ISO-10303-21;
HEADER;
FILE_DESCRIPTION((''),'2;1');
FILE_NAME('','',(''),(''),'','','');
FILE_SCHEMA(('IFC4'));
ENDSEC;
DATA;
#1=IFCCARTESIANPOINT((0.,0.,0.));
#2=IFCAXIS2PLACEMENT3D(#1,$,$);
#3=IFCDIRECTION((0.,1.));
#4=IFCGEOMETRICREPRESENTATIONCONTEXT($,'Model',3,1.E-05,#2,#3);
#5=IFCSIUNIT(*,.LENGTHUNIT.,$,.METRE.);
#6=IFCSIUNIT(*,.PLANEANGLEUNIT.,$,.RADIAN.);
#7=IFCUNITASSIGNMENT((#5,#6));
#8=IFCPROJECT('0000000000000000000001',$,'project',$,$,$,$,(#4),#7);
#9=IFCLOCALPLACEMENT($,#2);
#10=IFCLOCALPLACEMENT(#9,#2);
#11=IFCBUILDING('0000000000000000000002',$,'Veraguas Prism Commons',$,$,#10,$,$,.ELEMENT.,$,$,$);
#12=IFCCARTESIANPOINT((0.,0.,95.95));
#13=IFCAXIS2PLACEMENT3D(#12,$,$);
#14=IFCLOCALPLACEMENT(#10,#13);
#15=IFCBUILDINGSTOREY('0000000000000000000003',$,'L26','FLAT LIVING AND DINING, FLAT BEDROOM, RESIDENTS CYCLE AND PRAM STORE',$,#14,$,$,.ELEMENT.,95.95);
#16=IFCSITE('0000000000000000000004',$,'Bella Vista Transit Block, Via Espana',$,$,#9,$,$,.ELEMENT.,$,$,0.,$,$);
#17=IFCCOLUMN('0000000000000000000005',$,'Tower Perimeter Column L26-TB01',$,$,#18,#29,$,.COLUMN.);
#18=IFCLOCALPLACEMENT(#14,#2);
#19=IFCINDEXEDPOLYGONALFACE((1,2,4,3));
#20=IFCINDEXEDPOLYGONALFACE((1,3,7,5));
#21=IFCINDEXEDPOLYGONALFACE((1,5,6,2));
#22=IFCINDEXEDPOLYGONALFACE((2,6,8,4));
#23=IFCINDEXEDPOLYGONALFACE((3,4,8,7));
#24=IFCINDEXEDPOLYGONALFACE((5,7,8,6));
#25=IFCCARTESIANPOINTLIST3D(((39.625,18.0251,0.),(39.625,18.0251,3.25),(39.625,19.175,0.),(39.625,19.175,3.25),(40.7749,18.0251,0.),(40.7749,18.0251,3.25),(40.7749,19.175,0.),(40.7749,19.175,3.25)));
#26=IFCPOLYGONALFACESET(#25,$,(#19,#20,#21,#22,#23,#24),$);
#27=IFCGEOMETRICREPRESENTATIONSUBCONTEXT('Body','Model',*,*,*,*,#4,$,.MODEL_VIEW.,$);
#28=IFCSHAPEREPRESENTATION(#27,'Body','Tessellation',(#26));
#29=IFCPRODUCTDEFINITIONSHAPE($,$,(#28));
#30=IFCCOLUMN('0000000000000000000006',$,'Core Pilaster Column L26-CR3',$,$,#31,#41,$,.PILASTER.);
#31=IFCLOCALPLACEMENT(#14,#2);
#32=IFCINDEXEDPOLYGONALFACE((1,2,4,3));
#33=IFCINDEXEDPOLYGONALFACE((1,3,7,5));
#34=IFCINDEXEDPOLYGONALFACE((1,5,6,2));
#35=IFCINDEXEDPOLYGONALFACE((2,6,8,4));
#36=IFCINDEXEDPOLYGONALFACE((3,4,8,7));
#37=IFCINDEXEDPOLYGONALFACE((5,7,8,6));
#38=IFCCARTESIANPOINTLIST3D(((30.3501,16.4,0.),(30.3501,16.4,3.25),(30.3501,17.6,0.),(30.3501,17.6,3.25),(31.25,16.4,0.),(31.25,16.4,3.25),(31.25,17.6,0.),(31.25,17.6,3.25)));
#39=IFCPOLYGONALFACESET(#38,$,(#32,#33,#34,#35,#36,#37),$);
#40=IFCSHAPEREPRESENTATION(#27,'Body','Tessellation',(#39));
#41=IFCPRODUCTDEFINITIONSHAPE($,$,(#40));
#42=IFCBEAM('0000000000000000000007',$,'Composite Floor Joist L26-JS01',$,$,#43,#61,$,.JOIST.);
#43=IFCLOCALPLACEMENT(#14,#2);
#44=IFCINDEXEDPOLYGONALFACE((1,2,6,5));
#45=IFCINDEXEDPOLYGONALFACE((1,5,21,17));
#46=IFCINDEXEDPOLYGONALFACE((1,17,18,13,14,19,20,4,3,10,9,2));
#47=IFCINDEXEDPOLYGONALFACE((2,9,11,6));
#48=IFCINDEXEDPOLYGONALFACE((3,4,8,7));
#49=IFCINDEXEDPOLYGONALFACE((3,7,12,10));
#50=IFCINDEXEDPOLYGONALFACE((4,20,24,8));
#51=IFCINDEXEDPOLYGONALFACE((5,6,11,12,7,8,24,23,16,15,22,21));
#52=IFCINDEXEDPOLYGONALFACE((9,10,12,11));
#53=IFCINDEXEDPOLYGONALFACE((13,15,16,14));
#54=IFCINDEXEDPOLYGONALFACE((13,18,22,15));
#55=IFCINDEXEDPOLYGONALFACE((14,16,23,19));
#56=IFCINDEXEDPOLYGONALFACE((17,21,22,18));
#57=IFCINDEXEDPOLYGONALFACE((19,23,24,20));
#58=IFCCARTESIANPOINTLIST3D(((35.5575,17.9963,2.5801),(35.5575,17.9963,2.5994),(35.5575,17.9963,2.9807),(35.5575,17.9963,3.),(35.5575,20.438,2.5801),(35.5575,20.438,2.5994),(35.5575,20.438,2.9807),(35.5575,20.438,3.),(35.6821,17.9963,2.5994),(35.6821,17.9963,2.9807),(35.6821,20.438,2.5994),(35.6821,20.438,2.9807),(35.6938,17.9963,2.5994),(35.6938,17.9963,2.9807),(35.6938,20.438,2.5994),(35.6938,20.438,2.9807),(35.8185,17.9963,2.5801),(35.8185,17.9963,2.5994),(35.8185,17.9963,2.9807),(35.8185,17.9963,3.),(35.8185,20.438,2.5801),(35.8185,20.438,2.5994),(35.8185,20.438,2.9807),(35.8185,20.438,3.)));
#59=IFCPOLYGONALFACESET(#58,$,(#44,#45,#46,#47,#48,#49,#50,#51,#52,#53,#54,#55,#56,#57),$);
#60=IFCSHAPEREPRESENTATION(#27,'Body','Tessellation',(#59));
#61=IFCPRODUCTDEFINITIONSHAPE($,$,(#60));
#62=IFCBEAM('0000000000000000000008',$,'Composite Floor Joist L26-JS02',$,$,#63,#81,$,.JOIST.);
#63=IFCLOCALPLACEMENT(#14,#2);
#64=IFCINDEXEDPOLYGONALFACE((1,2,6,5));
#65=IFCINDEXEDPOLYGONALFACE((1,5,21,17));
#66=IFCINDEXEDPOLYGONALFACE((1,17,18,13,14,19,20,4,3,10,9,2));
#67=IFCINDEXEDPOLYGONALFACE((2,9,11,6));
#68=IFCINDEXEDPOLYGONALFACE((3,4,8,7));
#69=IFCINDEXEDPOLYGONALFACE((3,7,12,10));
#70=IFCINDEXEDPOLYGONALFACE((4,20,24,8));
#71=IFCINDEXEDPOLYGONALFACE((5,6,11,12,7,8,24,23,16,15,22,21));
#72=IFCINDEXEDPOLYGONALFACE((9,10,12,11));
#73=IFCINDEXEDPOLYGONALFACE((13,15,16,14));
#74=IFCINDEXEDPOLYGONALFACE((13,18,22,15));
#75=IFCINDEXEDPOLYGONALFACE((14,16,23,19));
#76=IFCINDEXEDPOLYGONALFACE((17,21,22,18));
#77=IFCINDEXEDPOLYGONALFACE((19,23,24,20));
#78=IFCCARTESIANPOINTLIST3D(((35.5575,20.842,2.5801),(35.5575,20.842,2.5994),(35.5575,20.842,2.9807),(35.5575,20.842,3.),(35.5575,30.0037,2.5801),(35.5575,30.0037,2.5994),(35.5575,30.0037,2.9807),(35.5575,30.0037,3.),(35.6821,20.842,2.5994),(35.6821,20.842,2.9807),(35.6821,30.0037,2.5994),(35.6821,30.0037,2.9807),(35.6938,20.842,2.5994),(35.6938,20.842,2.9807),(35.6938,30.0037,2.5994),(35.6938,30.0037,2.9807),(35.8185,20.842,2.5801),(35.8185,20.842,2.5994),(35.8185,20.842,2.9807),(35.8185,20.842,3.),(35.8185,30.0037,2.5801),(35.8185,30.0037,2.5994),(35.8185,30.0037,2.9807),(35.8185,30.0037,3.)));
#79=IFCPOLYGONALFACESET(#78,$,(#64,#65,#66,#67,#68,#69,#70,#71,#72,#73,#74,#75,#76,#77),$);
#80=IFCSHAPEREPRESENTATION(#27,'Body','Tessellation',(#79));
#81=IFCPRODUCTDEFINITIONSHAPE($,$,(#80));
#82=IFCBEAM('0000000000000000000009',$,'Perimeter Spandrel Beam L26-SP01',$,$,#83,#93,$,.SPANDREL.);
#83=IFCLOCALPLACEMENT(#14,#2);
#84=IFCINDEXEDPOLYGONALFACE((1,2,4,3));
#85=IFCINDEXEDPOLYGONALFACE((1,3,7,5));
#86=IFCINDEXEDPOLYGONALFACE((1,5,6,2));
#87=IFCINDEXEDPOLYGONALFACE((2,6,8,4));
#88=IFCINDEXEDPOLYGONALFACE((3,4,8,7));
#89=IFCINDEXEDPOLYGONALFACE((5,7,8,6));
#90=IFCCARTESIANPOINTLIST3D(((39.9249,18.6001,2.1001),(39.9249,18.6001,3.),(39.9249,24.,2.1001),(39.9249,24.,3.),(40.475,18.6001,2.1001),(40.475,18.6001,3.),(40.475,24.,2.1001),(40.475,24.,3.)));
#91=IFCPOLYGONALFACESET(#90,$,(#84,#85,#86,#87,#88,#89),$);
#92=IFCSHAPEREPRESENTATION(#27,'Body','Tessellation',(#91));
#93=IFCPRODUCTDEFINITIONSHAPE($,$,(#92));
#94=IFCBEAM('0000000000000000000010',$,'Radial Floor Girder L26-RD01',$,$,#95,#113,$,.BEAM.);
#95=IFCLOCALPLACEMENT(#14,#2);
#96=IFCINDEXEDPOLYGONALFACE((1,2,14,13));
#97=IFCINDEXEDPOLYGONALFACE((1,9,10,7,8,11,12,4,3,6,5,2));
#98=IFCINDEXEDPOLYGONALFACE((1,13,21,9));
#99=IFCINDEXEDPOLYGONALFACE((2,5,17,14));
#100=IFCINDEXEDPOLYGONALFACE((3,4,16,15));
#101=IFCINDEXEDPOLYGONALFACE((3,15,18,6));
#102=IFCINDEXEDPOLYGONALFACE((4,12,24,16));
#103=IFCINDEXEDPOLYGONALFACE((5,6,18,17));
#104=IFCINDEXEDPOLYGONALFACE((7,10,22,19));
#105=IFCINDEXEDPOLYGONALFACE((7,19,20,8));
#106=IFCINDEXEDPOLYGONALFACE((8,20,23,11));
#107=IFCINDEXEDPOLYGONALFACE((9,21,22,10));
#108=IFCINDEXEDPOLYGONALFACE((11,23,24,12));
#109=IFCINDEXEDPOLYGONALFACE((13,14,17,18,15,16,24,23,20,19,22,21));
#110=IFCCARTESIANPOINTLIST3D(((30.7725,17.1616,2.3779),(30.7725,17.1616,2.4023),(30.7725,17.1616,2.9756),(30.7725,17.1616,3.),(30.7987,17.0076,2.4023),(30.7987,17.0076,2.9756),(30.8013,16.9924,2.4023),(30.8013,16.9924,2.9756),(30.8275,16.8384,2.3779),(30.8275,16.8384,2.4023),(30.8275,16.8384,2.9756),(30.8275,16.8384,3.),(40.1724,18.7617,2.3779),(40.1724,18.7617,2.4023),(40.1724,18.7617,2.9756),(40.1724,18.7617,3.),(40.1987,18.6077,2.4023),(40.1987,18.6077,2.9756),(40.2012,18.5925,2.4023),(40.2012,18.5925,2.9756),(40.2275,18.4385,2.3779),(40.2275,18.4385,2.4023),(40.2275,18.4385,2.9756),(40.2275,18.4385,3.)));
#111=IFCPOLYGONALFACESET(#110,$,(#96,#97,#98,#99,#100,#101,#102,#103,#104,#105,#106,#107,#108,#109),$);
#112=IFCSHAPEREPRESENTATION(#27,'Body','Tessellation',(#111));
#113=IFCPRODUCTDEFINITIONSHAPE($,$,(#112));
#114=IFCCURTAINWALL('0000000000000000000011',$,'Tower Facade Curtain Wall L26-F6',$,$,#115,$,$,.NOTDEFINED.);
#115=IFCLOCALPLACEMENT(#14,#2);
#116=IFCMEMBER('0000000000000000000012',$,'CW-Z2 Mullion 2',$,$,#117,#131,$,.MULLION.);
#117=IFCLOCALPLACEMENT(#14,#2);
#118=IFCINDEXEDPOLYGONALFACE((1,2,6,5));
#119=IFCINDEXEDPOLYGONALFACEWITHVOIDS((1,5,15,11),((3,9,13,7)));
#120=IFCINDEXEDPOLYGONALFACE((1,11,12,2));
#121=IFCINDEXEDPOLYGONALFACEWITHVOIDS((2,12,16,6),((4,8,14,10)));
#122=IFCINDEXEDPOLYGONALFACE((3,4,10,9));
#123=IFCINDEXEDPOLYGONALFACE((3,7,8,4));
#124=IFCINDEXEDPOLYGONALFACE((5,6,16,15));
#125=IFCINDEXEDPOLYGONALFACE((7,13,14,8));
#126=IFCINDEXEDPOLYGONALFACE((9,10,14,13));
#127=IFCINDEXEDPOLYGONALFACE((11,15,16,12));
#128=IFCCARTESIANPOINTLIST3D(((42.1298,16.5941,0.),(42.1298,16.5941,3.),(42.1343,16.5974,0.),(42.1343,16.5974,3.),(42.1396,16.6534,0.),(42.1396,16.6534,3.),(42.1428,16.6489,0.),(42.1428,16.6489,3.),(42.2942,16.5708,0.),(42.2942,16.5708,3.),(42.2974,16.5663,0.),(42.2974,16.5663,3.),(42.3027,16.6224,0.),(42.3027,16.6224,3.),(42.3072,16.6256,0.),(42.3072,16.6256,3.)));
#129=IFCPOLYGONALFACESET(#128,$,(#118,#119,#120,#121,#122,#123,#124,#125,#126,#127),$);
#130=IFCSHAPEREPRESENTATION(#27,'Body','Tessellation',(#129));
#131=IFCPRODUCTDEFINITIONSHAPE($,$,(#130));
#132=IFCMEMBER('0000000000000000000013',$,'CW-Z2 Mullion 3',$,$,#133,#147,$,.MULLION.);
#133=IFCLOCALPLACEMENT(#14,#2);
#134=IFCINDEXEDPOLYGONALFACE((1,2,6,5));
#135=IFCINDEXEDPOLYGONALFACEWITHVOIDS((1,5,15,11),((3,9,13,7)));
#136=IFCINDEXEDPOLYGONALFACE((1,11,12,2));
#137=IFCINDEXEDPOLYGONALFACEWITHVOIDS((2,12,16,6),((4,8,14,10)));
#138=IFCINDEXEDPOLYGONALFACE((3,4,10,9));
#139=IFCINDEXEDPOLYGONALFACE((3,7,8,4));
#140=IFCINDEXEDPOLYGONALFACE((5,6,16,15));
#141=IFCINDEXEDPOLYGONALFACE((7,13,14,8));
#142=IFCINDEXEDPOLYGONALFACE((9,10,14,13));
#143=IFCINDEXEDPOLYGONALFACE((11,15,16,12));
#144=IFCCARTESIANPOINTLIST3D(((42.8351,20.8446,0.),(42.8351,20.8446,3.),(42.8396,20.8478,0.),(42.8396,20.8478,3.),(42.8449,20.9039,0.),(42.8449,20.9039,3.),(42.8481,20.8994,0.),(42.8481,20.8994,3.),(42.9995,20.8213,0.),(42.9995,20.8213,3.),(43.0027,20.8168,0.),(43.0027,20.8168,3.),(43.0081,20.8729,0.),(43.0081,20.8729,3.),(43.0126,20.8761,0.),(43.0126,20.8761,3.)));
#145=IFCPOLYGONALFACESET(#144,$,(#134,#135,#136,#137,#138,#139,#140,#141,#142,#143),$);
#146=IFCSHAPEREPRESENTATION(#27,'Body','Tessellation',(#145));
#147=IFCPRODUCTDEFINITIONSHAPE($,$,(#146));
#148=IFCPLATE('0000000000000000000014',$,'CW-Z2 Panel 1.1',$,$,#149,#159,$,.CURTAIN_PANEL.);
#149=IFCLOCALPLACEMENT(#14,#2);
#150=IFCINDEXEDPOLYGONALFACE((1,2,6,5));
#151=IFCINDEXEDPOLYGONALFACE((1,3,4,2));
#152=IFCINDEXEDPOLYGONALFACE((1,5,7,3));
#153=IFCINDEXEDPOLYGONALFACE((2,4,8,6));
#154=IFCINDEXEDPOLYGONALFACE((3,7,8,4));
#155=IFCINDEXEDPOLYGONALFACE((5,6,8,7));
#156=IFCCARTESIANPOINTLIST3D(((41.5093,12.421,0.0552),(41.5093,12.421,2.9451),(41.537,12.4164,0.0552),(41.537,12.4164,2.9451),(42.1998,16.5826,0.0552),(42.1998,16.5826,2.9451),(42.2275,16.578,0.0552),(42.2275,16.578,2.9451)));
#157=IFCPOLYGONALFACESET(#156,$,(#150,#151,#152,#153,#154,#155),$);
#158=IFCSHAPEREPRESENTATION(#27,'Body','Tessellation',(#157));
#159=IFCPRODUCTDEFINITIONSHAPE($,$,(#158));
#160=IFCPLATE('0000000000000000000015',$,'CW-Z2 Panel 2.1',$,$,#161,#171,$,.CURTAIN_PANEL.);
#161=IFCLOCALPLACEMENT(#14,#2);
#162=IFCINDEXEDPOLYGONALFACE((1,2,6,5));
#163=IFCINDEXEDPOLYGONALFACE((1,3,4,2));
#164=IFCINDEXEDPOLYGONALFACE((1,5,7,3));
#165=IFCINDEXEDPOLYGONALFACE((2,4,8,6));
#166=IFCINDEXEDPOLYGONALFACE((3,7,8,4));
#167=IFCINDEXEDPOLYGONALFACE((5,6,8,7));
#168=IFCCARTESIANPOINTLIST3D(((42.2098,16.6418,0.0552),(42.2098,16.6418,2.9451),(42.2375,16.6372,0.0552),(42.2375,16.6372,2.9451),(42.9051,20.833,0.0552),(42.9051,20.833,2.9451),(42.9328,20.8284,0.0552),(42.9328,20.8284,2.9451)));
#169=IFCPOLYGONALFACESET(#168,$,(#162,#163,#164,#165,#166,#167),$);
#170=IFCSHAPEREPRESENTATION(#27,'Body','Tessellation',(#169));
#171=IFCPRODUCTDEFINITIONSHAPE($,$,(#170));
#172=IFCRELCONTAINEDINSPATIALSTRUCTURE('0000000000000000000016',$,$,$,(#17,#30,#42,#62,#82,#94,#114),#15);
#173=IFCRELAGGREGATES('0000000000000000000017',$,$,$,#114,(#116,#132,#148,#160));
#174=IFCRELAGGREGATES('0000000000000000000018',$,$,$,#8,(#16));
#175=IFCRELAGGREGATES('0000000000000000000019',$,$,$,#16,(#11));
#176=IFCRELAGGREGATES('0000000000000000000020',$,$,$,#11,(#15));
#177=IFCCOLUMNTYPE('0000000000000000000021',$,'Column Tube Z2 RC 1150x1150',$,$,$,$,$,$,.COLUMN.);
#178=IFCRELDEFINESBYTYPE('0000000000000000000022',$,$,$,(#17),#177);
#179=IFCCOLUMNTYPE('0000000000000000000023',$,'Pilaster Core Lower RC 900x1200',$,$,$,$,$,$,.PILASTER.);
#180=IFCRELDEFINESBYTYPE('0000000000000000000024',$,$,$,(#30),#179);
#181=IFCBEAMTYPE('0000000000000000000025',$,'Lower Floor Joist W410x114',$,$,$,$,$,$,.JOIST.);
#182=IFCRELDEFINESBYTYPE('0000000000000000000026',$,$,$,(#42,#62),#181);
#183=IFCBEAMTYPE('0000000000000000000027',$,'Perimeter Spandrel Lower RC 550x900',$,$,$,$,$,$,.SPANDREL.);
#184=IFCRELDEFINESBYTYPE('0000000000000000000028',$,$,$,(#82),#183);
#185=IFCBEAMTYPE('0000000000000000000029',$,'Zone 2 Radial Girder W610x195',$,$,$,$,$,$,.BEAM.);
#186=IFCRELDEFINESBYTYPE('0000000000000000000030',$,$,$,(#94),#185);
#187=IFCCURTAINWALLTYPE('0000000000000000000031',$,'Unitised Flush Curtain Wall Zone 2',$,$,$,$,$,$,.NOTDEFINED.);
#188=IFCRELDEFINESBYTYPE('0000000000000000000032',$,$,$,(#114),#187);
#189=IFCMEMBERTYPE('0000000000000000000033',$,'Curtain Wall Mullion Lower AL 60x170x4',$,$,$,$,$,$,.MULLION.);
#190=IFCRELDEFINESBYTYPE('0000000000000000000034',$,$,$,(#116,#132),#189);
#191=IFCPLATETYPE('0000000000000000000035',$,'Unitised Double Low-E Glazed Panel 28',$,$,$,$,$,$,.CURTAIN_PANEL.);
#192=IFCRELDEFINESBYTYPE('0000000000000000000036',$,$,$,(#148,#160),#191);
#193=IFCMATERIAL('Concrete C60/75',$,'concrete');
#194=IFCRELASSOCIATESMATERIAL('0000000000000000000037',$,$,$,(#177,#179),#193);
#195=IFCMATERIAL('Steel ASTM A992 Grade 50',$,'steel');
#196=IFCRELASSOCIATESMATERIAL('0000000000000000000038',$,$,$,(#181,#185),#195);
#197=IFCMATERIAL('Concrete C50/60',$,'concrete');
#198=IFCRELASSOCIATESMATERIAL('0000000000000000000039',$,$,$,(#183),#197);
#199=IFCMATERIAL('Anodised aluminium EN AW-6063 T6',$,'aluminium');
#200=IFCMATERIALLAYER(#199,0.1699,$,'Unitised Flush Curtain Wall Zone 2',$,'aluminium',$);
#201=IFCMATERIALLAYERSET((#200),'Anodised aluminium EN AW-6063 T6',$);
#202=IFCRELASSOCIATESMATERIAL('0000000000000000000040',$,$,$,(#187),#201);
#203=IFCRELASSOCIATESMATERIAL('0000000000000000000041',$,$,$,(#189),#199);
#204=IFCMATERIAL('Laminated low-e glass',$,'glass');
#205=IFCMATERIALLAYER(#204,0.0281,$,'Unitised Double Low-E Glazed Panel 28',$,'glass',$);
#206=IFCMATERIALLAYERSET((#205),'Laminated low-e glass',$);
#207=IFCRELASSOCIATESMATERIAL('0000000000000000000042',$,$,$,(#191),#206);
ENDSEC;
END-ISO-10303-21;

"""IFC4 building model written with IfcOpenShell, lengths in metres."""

from ifc_helpers import new_model, si_unit, direction, frame, origin, origin_2d, place, context, subcontext, project, spatial, rectangle, hollow_rectangle, i_section, extrude, source, transform, mapped, material, layer, layer_set, material_profile, profile_set, type_object, element, aggregate, save


model = new_model("IFC4")

# Units and contexts
model_context = context("Model", 3, precision=1e-05, world=origin(), true_north=direction((0.0, 1.0)))
body_context = subcontext(model_context, "Body", "Model", "MODEL_VIEW")
ifc_project = project(units=[si_unit("LENGTHUNIT", "METRE"), si_unit("PLANEANGLEUNIT", "RADIAN")], contexts=[model_context])

# Site, building, storey
site_placement = place(None, origin())
site = spatial("IfcSite", under=ifc_project, at=site_placement, Name="Bella Vista Transit Block, Via Espana", CompositionType="ELEMENT", RefElevation=0.0)
building_placement = place(site_placement, origin())
building = spatial("IfcBuilding", under=site, at=building_placement, Name="Veraguas Prism Commons", CompositionType="ELEMENT")
storey_placement = place(building_placement, frame((0.0, 0.0, 95.95)))
storey = spatial("IfcBuildingStorey", under=building, at=storey_placement, Name="L26", Description="FLAT LIVING AND DINING, FLAT BEDROOM, RESIDENTS CYCLE AND PRAM STORE", CompositionType="ELEMENT", Elevation=95.95)

# Columns
ifc_material_1 = material(Name="Concrete C60/75", Category="concrete")
ifc_material_profile_1 = material_profile(ifc_material_1, rectangle(XDim=1.1499, YDim=1.1499, at=origin_2d()), Name="RC1150X1150")
ifc_profile_set_1 = profile_set([ifc_material_profile_1], Name="Concrete C60/75")
column_type_1 = type_object("IfcColumnType", Name="Column Tube Z2 RC 1150x1150", PredefinedType="COLUMN", material=ifc_profile_set_1)
column_1_placement = place(storey_placement, frame((40.2, 18.6001, 0.0), z_axis=(0.0, 0.0, 1.0), x_axis=(1.0, 0.0, 0.0)))
element("IfcColumn", 1, at=column_1_placement, inside=storey, type_object=column_type_1, Name="Tower Perimeter Column L26-TB01", PredefinedType="COLUMN", context=body_context, shape_type="SweptSolid", body=[
    extrude(rectangle(XDim=1.1499, YDim=1.1499, at=origin_2d()), origin(), (0.0, 0.0, 1.0), 3.25),
])
ifc_material_profile_2 = material_profile(ifc_material_1, rectangle(XDim=0.8999, YDim=1.2, at=origin_2d()), Name="RC900X1200")
ifc_profile_set_2 = profile_set([ifc_material_profile_2], Name="Concrete C60/75")
column_type_2 = type_object("IfcColumnType", Name="Pilaster Core Lower RC 900x1200", PredefinedType="PILASTER", material=ifc_profile_set_2)
column_2_placement = place(storey_placement, frame((30.8, 17.0, 0.0), z_axis=(0.0, 0.0, 1.0), x_axis=(1.0, 0.0, 0.0)))
element("IfcColumn", 2, at=column_2_placement, inside=storey, type_object=column_type_2, Name="Core Pilaster Column L26-CR3", PredefinedType="PILASTER", context=body_context, shape_type="SweptSolid", body=[
    extrude(rectangle(XDim=0.8999, YDim=1.2, at=origin_2d()), origin(), (0.0, 0.0, 1.0), 3.25),
])

# Beams
ifc_material_2 = material(Name="Steel ASTM A992 Grade 50", Category="steel")
ifc_material_profile_3 = material_profile(ifc_material_2, i_section(OverallWidth=0.261, OverallDepth=0.4199, WebThickness=0.0117, FlangeThickness=0.0193, at=origin_2d()), Name="W410X114")
ifc_profile_set_3 = profile_set([ifc_material_profile_3], Name="Steel ASTM A992 Grade 50")
beam_type_1 = type_object("IfcBeamType", Name="Lower Floor Joist W410x114", PredefinedType="JOIST", material=ifc_profile_set_3)
beam_1_placement = place(storey_placement, frame((35.688, 17.9963, 2.79), z_axis=(0.0, 1.0, 0.0), x_axis=(-1.0, 0.0, 0.0)))
element("IfcBeam", 3, at=beam_1_placement, inside=storey, type_object=beam_type_1, Name="Composite Floor Joist L26-JS01", PredefinedType="JOIST", context=body_context, shape_type="SweptSolid", body=[
    extrude(i_section(OverallWidth=0.261, OverallDepth=0.4199, WebThickness=0.0117, FlangeThickness=0.0193, at=origin_2d()), origin(), (0.0, 0.0, 1.0), 2.4417),
])
beam_2_placement = place(storey_placement, frame((35.688, 20.842, 2.79), z_axis=(0.0, 1.0, 0.0), x_axis=(-1.0, 0.0, 0.0)))
element("IfcBeam", 4, at=beam_2_placement, inside=storey, type_object=beam_type_1, Name="Composite Floor Joist L26-JS02", PredefinedType="JOIST", context=body_context, shape_type="SweptSolid", body=[
    extrude(i_section(OverallWidth=0.261, OverallDepth=0.4199, WebThickness=0.0117, FlangeThickness=0.0193, at=origin_2d()), origin(), (0.0, 0.0, 1.0), 9.1616),
])
ifc_material_3 = material(Name="Concrete C50/60", Category="concrete")
ifc_material_profile_4 = material_profile(ifc_material_3, rectangle(XDim=0.55, YDim=0.8999, at=origin_2d()), Name="RC550X900")
ifc_profile_set_4 = profile_set([ifc_material_profile_4], Name="Concrete C50/60")
beam_type_2 = type_object("IfcBeamType", Name="Perimeter Spandrel Lower RC 550x900", PredefinedType="SPANDREL", material=ifc_profile_set_4)
beam_3_placement = place(storey_placement, frame((40.2, 18.6001, 2.55), z_axis=(0.0, 1.0, 0.0), x_axis=(-1.0, 0.0, 0.0)))
element("IfcBeam", 5, at=beam_3_placement, inside=storey, type_object=beam_type_2, Name="Perimeter Spandrel Beam L26-SP01", PredefinedType="SPANDREL", context=body_context, shape_type="SweptSolid", body=[
    extrude(rectangle(XDim=0.55, YDim=0.8999, at=origin_2d()), origin(), (0.0, 0.0, 1.0), 5.3999),
])
ifc_material_profile_5 = material_profile(ifc_material_2, i_section(OverallWidth=0.3279, OverallDepth=0.6221, WebThickness=0.0154, FlangeThickness=0.0244, at=origin_2d()), Name="W610X195")
ifc_profile_set_5 = profile_set([ifc_material_profile_5], Name="Steel ASTM A992 Grade 50")
beam_type_3 = type_object("IfcBeamType", Name="Zone 2 Radial Girder W610x195", PredefinedType="BEAM", material=ifc_profile_set_5)
beam_4_placement = place(storey_placement, frame((40.2, 18.6001, 2.689), z_axis=(-0.985819, -0.167811, 0.0), x_axis=(0.167811, -0.985819, 0.0)))
element("IfcBeam", 6, at=beam_4_placement, inside=storey, type_object=beam_type_3, Name="Radial Floor Girder L26-RD01", PredefinedType="BEAM", context=body_context, shape_type="SweptSolid", body=[
    extrude(i_section(OverallWidth=0.3279, OverallDepth=0.6221, WebThickness=0.0154, FlangeThickness=0.0244, at=origin_2d()), origin(), (0.0, 0.0, 1.0), 9.5352),
])

# Curtain wall, members, plates
ifc_material_4 = material(Name="Anodised aluminium EN AW-6063 T6", Category="aluminium")
ifc_layer_1 = layer(ifc_material_4, 0.1699, Name="Unitised Flush Curtain Wall Zone 2", Category="aluminium")
ifc_layer_set_1 = layer_set([ifc_layer_1], Name="Anodised aluminium EN AW-6063 T6")
curtain_wall_type = type_object("IfcCurtainWallType", Name="Unitised Flush Curtain Wall Zone 2", PredefinedType="NOTDEFINED", material=ifc_layer_set_1)
curtain_wall_placement = place(storey_placement, origin())
curtain_wall = element("IfcCurtainWall", 7, at=curtain_wall_placement, inside=storey, type_object=curtain_wall_type, Name="Tower Facade Curtain Wall L26-F6", PredefinedType="NOTDEFINED")
ifc_material_profile_6 = material_profile(ifc_material_4, hollow_rectangle(XDim=0.0601, YDim=0.1699, WallThickness=0.0039, at=origin_2d()), Name="AL60X170X4")
ifc_profile_set_6 = profile_set([ifc_material_profile_6], Name="Anodised aluminium EN AW-6063 T6")
member_type = type_object("IfcMemberType", Name="Curtain Wall Mullion Lower AL 60x170x4", PredefinedType="MULLION", material=ifc_profile_set_6)
shared_shape_1 = source(origin(), body_context, "Body", "SweptSolid", [
    extrude(hollow_rectangle(XDim=0.0601, YDim=0.1699, WallThickness=0.0039, at=origin_2d()), origin(), (0.0, 0.0, 1.0), 3.0),
])
member_1_placement = place(storey_placement, frame((42.2185, 16.6099, 0.0), z_axis=(0.0, 0.0, 1.0), x_axis=(0.163672, 0.986515, 0.0)))
member_1 = element("IfcMember", 8, at=member_1_placement, type_object=member_type, Name="CW-Z2 Mullion 2", PredefinedType="MULLION", context=body_context, shape_type="MappedRepresentation", body=[
    mapped(shared_shape_1, transform((0.0, 0.0, 0.0), scale=1.0)),
])
member_2_placement = place(storey_placement, frame((42.9238, 20.8604, 0.0), z_axis=(0.0, 0.0, 1.0), x_axis=(0.163672, 0.986515, 0.0)))
member_2 = element("IfcMember", 9, at=member_2_placement, type_object=member_type, Name="CW-Z2 Mullion 3", PredefinedType="MULLION", context=body_context, shape_type="MappedRepresentation", body=[
    mapped(shared_shape_1, transform((0.0, 0.0, 0.0), scale=1.0)),
])
ifc_material_5 = material(Name="Laminated low-e glass", Category="glass")
ifc_layer_2 = layer(ifc_material_5, 0.0281, Name="Unitised Double Low-E Glazed Panel 28", Category="glass")
ifc_layer_set_2 = layer_set([ifc_layer_2], Name="Laminated low-e glass")
plate_type = type_object("IfcPlateType", Name="Unitised Double Low-E Glazed Panel 28", PredefinedType="CURTAIN_PANEL", material=ifc_layer_set_2)
shared_shape_2 = source(origin(), body_context, "Body", "SweptSolid", [
    extrude(rectangle(XDim=4.2185, YDim=0.0281, at=origin_2d()), origin(), (0.0, 0.0, 1.0), 2.8899),
])
plate_1_placement = place(storey_placement, frame((41.8684, 14.4995, 0.0552), z_axis=(0.0, 0.0, 1.0), x_axis=(0.163672, 0.986515, 0.0)))
plate_1 = element("IfcPlate", 10, at=plate_1_placement, type_object=plate_type, Name="CW-Z2 Panel 1.1", PredefinedType="CURTAIN_PANEL", context=body_context, shape_type="MappedRepresentation", body=[
    mapped(shared_shape_2, transform((0.0, 0.0, 0.0), scale=1.0)),
])
shared_shape_3 = source(origin(), body_context, "Body", "SweptSolid", [
    extrude(rectangle(XDim=4.2485, YDim=0.0281, at=origin_2d()), origin(), (0.0, 0.0, 1.0), 2.8899),
])
plate_2_placement = place(storey_placement, frame((42.5713, 18.7351, 0.0552), z_axis=(0.0, 0.0, 1.0), x_axis=(0.163672, 0.986515, 0.0)))
plate_2 = element("IfcPlate", 11, at=plate_2_placement, type_object=plate_type, Name="CW-Z2 Panel 2.1", PredefinedType="CURTAIN_PANEL", context=body_context, shape_type="MappedRepresentation", body=[
    mapped(shared_shape_3, transform((0.0, 0.0, 0.0), scale=1.0)),
])
aggregate(curtain_wall, [member_1, member_2, plate_1, plate_2])

save(model, "model.ifc")
